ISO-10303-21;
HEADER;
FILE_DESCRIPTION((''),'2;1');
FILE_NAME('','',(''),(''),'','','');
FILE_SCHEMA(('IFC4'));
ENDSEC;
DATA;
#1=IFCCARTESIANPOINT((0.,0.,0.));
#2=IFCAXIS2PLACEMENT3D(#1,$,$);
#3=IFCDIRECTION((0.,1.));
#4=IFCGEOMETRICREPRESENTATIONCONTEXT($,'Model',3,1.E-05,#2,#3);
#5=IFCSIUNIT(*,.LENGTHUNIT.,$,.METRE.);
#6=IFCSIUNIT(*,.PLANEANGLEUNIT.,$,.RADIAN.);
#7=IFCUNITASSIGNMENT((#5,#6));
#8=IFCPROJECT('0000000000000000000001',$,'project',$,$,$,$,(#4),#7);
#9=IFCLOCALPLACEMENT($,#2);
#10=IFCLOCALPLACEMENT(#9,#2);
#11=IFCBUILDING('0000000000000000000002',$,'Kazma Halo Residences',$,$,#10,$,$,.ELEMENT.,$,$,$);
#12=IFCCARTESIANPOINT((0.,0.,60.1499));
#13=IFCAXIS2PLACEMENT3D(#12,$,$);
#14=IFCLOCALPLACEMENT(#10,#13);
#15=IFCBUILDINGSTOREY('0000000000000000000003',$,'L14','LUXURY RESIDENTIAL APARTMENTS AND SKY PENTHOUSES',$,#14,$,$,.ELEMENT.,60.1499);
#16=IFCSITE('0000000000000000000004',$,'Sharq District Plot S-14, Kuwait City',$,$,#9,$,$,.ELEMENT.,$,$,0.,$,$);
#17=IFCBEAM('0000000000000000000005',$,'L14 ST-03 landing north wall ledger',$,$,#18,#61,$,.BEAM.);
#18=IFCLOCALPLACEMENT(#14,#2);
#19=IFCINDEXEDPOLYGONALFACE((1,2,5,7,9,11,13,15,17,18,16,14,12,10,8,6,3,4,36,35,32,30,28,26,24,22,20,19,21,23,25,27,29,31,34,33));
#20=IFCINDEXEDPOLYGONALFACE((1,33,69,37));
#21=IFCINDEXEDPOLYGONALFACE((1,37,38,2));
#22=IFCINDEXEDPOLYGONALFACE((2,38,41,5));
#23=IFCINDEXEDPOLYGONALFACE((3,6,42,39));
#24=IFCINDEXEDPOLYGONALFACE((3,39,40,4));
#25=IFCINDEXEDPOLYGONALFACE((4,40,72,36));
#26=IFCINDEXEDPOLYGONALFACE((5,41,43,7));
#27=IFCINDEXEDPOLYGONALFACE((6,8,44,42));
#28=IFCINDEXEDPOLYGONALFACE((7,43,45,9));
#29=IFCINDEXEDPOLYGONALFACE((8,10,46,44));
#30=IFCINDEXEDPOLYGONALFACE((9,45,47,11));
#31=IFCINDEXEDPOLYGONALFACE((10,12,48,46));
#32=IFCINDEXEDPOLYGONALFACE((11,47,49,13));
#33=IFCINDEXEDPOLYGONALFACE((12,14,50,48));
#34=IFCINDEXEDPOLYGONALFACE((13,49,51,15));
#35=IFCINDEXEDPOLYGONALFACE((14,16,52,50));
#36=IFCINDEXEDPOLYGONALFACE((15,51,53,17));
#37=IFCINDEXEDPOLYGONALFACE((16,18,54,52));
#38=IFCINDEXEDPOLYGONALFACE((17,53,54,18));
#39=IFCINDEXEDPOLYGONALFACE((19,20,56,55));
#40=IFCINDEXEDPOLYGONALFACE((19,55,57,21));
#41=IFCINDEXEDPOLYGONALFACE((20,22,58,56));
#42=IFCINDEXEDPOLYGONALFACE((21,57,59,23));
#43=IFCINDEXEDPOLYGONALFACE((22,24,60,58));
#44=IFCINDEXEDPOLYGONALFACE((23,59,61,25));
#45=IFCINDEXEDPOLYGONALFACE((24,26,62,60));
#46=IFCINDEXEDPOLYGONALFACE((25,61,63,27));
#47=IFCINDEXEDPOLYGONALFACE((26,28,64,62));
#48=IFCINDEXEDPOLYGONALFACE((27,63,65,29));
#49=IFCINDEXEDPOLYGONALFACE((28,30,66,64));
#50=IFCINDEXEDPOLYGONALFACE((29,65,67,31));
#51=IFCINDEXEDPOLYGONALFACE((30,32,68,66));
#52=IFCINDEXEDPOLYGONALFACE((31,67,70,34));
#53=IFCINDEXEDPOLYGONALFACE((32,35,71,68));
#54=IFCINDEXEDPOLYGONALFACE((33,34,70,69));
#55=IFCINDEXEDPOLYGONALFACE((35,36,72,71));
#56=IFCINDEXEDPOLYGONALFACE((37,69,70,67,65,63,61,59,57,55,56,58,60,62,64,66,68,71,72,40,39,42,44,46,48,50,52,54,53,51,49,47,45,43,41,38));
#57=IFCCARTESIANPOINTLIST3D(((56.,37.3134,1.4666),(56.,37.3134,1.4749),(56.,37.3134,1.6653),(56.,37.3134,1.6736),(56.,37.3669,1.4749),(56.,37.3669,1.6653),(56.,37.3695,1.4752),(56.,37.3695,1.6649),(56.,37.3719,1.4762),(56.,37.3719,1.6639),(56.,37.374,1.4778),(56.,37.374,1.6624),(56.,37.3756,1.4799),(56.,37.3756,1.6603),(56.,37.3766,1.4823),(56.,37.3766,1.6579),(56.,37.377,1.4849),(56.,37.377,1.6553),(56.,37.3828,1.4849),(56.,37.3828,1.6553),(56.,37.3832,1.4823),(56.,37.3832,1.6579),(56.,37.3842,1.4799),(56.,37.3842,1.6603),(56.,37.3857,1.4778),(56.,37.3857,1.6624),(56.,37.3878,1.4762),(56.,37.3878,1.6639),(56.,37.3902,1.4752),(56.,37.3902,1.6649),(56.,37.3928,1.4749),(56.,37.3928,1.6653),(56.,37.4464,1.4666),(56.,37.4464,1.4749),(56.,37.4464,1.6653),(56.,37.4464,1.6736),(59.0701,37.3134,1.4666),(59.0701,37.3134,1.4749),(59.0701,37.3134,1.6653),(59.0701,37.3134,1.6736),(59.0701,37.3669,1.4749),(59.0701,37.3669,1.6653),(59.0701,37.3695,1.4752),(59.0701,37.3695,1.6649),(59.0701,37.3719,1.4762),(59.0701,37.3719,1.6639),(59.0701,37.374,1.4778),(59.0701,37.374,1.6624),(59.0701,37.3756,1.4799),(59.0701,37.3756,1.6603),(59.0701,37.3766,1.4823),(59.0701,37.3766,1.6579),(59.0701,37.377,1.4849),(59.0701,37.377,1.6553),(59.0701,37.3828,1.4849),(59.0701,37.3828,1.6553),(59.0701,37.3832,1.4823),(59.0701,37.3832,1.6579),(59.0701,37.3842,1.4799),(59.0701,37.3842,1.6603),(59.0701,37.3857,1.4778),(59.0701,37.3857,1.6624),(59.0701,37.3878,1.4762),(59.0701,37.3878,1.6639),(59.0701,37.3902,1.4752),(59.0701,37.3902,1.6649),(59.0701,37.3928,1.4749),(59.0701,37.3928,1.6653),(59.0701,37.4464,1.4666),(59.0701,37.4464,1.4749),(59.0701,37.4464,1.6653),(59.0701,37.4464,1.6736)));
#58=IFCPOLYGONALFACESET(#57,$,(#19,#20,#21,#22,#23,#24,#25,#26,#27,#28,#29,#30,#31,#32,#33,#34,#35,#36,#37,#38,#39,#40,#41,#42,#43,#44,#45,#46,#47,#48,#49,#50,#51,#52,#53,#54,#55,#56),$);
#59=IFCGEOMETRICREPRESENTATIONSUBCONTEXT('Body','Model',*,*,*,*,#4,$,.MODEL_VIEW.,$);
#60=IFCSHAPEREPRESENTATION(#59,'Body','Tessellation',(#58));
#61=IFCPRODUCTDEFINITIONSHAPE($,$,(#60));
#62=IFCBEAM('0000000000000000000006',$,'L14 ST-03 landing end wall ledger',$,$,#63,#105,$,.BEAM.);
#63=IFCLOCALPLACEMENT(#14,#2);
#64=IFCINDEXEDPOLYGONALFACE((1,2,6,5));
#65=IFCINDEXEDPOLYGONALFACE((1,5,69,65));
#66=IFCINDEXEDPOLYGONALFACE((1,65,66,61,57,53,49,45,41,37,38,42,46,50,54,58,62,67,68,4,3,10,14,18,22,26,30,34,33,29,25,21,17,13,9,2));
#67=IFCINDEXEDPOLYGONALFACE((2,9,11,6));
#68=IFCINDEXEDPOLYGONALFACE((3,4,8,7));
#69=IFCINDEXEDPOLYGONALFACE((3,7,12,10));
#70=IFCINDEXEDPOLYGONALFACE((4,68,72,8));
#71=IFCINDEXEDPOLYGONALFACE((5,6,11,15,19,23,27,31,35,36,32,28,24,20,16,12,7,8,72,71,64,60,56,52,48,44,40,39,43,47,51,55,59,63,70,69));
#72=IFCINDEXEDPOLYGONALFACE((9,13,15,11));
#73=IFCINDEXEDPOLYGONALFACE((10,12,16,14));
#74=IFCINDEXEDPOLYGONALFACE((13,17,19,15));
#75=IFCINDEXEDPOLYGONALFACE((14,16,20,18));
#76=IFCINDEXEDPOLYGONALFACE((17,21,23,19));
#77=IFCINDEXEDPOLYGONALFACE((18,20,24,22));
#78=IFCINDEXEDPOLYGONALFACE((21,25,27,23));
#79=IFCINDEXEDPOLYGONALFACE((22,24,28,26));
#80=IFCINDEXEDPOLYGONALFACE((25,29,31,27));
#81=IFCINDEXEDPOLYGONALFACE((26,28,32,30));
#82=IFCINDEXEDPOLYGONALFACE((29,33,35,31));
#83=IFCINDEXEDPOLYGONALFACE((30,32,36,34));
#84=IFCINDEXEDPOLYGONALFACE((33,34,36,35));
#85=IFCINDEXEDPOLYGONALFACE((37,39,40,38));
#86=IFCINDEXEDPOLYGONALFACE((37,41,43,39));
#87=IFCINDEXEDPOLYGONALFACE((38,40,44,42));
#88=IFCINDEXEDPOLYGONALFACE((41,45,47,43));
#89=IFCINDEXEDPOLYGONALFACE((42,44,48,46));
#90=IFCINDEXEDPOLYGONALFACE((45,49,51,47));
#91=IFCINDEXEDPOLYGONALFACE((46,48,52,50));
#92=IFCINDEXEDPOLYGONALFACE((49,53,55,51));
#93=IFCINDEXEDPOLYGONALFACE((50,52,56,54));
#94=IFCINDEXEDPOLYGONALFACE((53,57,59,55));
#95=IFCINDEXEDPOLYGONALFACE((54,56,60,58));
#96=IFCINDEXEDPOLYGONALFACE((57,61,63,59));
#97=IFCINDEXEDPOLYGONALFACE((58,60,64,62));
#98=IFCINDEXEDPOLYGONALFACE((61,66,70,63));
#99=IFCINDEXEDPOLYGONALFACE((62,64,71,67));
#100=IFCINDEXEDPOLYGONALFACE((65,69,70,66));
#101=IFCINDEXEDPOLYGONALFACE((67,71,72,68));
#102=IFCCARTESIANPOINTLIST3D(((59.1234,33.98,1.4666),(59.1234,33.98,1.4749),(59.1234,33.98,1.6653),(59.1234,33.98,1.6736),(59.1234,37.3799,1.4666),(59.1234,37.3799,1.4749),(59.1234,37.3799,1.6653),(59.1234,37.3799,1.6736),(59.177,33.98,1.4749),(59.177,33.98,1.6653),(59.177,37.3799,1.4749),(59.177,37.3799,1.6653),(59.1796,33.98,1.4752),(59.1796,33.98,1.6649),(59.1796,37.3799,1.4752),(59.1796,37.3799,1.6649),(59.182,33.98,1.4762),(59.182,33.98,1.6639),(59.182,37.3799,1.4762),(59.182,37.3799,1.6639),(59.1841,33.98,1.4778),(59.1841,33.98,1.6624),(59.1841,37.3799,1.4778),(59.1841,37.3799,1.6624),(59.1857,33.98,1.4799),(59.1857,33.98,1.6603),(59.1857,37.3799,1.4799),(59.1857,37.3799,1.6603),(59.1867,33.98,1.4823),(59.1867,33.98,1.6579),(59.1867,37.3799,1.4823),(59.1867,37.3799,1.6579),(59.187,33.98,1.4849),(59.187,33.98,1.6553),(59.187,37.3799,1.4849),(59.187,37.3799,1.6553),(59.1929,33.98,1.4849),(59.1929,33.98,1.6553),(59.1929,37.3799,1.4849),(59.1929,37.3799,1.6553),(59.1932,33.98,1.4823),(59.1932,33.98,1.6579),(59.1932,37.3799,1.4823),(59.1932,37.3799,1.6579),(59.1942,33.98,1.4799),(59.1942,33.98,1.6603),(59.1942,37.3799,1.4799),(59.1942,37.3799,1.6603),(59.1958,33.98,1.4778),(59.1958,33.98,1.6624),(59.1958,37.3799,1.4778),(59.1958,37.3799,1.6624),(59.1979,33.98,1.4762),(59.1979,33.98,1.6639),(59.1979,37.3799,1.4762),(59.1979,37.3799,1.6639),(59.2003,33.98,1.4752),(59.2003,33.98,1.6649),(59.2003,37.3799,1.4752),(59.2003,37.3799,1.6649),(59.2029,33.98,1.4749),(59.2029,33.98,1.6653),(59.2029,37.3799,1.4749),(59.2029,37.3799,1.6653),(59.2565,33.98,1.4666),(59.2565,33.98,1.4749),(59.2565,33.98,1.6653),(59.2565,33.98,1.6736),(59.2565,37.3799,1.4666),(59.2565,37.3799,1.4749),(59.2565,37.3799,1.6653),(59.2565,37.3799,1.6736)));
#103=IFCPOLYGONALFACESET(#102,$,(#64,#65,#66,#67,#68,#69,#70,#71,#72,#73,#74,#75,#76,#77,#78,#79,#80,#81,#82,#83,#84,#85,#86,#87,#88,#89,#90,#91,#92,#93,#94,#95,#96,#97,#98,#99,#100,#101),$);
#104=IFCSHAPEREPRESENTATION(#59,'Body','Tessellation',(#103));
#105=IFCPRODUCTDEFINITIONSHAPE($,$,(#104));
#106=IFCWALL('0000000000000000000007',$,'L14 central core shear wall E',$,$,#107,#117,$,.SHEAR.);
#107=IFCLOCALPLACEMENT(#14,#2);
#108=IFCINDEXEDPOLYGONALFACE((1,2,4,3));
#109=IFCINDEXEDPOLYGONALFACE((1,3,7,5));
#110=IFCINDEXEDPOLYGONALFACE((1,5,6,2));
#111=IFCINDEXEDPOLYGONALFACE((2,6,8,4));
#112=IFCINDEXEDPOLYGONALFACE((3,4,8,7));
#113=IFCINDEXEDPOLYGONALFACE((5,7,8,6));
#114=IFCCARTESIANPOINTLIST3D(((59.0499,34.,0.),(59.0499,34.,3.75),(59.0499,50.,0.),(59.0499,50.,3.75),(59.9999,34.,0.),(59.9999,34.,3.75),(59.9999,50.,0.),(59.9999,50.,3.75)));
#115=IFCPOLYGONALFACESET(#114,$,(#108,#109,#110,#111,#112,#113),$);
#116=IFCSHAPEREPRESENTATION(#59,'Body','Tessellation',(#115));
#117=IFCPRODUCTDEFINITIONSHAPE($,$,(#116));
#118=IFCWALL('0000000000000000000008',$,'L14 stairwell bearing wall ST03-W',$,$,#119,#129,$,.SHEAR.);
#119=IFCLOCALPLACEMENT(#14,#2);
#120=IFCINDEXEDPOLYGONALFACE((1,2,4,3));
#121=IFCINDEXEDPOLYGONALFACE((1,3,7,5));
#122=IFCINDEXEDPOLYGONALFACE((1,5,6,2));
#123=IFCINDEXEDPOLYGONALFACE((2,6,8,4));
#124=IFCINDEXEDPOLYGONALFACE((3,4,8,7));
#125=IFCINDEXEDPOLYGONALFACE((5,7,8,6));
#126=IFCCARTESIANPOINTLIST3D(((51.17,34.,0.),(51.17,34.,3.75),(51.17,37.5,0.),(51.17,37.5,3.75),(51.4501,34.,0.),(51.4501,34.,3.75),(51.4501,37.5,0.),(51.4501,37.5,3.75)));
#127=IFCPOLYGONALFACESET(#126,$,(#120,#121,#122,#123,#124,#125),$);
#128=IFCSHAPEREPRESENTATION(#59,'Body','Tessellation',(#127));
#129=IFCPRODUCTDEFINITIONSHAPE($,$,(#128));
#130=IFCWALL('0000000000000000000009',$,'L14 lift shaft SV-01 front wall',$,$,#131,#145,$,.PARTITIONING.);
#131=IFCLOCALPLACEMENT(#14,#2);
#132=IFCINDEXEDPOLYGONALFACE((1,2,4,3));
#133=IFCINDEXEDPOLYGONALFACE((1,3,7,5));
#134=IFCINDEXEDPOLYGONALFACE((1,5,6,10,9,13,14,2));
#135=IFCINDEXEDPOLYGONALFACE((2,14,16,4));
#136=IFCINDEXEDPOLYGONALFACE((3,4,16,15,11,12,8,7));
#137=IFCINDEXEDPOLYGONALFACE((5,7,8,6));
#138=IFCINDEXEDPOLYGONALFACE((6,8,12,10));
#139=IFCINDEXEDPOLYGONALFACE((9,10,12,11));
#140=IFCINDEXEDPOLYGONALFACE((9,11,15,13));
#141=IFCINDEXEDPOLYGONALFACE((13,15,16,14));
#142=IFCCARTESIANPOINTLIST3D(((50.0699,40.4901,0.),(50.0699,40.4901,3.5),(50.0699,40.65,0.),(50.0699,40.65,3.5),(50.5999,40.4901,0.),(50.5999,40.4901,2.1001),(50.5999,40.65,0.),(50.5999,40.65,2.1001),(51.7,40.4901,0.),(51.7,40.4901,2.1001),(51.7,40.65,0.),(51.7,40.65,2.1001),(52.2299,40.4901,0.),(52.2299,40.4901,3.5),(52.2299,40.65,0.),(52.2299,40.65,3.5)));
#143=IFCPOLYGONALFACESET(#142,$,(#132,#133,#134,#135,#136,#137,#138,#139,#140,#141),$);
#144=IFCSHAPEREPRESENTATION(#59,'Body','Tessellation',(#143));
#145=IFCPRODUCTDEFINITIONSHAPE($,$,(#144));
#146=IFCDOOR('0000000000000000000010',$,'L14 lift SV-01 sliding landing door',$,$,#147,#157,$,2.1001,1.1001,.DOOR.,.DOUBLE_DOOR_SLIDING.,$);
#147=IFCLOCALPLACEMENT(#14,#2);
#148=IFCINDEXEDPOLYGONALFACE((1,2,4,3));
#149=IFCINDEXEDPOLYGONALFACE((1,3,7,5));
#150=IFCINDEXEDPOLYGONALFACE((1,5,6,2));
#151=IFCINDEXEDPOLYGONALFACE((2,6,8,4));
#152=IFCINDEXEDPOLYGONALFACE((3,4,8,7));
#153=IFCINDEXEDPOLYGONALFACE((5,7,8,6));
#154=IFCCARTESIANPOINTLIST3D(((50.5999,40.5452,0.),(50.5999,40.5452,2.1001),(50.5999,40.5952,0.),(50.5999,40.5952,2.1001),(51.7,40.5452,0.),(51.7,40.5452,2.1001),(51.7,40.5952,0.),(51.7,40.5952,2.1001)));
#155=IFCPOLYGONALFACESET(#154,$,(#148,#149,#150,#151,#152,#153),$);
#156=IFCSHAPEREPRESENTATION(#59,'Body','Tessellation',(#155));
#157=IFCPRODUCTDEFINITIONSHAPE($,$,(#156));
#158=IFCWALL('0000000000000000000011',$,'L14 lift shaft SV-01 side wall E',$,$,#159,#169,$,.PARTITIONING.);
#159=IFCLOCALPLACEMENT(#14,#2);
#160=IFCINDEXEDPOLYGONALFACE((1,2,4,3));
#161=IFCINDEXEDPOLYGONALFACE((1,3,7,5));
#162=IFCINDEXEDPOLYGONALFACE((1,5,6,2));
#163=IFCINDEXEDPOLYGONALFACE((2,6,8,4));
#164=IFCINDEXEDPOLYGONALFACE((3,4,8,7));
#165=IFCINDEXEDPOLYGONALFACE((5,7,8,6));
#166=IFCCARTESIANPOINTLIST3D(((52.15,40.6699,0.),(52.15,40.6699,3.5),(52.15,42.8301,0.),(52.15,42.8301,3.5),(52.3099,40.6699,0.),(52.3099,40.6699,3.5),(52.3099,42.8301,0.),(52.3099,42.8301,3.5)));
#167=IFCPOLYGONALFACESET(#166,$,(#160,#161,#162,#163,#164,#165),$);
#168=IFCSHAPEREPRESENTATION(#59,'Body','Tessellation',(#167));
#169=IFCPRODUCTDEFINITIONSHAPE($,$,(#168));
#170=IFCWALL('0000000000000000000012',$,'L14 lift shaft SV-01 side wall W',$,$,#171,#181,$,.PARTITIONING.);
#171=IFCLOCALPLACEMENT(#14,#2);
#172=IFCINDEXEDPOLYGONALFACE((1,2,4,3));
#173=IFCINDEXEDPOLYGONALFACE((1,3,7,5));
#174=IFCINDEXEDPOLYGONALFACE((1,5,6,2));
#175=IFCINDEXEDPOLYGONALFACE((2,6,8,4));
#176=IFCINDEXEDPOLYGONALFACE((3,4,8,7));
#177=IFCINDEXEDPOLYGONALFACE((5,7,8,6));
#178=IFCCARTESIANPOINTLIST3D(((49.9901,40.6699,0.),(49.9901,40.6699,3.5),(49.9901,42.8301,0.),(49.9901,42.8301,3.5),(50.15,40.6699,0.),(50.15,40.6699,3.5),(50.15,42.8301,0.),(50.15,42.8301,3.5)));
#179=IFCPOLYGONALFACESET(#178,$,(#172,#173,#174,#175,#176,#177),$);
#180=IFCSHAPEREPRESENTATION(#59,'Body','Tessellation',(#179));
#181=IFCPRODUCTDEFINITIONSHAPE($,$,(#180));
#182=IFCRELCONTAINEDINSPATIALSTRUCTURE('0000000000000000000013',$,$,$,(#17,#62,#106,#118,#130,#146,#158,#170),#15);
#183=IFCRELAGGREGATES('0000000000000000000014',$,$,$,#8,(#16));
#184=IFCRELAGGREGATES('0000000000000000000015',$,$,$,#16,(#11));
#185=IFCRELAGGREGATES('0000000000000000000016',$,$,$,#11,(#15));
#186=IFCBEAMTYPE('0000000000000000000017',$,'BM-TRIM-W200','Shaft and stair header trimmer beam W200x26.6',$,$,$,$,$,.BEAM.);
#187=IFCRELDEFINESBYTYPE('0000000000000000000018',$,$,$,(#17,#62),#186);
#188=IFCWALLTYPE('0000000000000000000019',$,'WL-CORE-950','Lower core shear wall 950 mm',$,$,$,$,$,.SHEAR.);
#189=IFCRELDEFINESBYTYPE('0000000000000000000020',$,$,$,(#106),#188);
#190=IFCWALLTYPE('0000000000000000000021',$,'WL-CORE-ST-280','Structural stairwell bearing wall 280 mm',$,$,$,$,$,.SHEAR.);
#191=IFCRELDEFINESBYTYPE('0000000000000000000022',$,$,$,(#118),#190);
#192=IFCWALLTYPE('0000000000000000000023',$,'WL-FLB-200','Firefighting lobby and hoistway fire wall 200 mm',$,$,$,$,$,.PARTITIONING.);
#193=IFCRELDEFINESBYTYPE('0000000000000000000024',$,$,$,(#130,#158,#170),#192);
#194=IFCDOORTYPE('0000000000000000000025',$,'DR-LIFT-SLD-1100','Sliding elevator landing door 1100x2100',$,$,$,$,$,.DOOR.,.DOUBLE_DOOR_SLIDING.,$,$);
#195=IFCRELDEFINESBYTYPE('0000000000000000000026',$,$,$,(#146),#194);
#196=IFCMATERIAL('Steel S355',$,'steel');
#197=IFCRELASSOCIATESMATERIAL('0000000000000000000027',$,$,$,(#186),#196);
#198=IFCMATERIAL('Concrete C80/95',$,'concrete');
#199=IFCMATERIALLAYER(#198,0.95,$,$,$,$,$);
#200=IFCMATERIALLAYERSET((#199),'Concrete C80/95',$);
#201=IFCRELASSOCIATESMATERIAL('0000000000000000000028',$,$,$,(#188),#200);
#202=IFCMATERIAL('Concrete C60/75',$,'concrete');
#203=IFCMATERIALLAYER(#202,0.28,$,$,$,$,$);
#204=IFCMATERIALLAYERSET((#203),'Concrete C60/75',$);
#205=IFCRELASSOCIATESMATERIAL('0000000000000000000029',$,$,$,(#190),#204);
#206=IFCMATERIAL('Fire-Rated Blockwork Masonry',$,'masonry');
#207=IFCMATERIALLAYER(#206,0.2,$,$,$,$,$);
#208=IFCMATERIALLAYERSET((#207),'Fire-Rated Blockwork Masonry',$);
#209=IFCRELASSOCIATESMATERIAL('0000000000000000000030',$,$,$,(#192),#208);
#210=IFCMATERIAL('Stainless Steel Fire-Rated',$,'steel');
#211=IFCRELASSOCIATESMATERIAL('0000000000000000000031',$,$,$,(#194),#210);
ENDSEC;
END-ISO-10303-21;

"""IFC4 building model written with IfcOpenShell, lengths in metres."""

from ifc_helpers import new_model, si_unit, direction, frame, frame_2d, origin, origin_2d, place, context, subcontext, project, spatial, rectangle, i_section, extrude, material, layer, layer_set, material_profile, profile_set, type_object, element, fill, save


model = new_model("IFC4")

# Units and contexts
model_context = context("Model", 3, precision=1e-05, world=origin(), true_north=direction((0.0, 1.0)))
body_context = subcontext(model_context, "Body", "Model", "MODEL_VIEW")
ifc_project = project(units=[si_unit("LENGTHUNIT", "METRE"), si_unit("PLANEANGLEUNIT", "RADIAN")], contexts=[model_context])

# Site, building, storey
site_placement = place(None, origin())
site = spatial("IfcSite", under=ifc_project, at=site_placement, Name="Sharq District Plot S-14, Kuwait City", CompositionType="ELEMENT", RefElevation=0.0)
building_placement = place(site_placement, origin())
building = spatial("IfcBuilding", under=site, at=building_placement, Name="Kazma Halo Residences", CompositionType="ELEMENT")
storey_placement = place(building_placement, frame((0.0, 0.0, 60.1499)))
storey = spatial("IfcBuildingStorey", under=building, at=storey_placement, Name="L14", Description="LUXURY RESIDENTIAL APARTMENTS AND SKY PENTHOUSES", CompositionType="ELEMENT", Elevation=60.1499)

# Shared definitions
ifc_material_1 = material(Name="Steel S355", Category="steel")

# Beams
ifc_material_profile_1 = material_profile(ifc_material_1, i_section(OverallWidth=0.1331, OverallDepth=0.207, WebThickness=0.0059, FlangeThickness=0.0083, FilletRadius=0.01, at=origin_2d()), Name="W200x26.6")
ifc_profile_set_1 = profile_set([ifc_material_profile_1], Name="Steel S355")
beam_type_1 = type_object("IfcBeamType", Name="BM-TRIM-W200", Description="Shaft and stair header trimmer beam W200x26.6", PredefinedType="BEAM", material=ifc_profile_set_1)
beam_1_placement = place(storey_placement, frame((56.0, 37.3799, 1.5701), z_axis=(1.0, 0.0, 0.0), x_axis=(0.0, 1.0, 0.0)))
element("IfcBeam", 1, at=beam_1_placement, inside=storey, type_object=beam_type_1, Name="L14 ST-03 landing north wall ledger", PredefinedType="BEAM", context=body_context, shape_type="SweptSolid", body=[
    extrude(i_section(OverallWidth=0.1331, OverallDepth=0.207, WebThickness=0.0059, FlangeThickness=0.0083, FilletRadius=0.01, at=origin_2d()), origin(), (0.0, 0.0, 1.0), 3.0701),
])
beam_2_placement = place(storey_placement, frame((59.1899, 33.98, 1.5701), z_axis=(0.0, 1.0, 0.0), x_axis=(-1.0, 0.0, 0.0)))
element("IfcBeam", 2, at=beam_2_placement, inside=storey, type_object=beam_type_1, Name="L14 ST-03 landing end wall ledger", PredefinedType="BEAM", context=body_context, shape_type="SweptSolid", body=[
    extrude(i_section(OverallWidth=0.1331, OverallDepth=0.207, WebThickness=0.0059, FlangeThickness=0.0083, FilletRadius=0.01, at=origin_2d()), origin(), (0.0, 0.0, 1.0), 3.3999),
])

# Walls
ifc_material_2 = material(Name="Concrete C80/95", Category="concrete")
ifc_layer_1 = layer(ifc_material_2, 0.95)
ifc_layer_set_1 = layer_set([ifc_layer_1], Name="Concrete C80/95")
wall_type_1 = type_object("IfcWallType", Name="WL-CORE-950", Description="Lower core shear wall 950 mm", PredefinedType="SHEAR", material=ifc_layer_set_1)
wall_1_placement = place(storey_placement, frame((59.5249, 34.0, 0.0), z_axis=(0.0, 0.0, 1.0), x_axis=(0.0, 1.0, 0.0)))
element("IfcWall", 3, at=wall_1_placement, inside=storey, type_object=wall_type_1, Name="L14 central core shear wall E", PredefinedType="SHEAR", context=body_context, shape_type="SweptSolid", body=[
    extrude(rectangle(XDim=16.0, YDim=0.95, at=frame_2d((8.0, 0.0))), origin(), (0.0, 0.0, 1.0), 3.75),
])
ifc_material_3 = material(Name="Concrete C60/75", Category="concrete")
ifc_layer_2 = layer(ifc_material_3, 0.28)
ifc_layer_set_2 = layer_set([ifc_layer_2], Name="Concrete C60/75")
wall_type_2 = type_object("IfcWallType", Name="WL-CORE-ST-280", Description="Structural stairwell bearing wall 280 mm", PredefinedType="SHEAR", material=ifc_layer_set_2)
wall_2_placement = place(storey_placement, frame((51.3101, 34.0, 0.0), z_axis=(0.0, 0.0, 1.0), x_axis=(0.0, 1.0, 0.0)))
element("IfcWall", 4, at=wall_2_placement, inside=storey, type_object=wall_type_2, Name="L14 stairwell bearing wall ST03-W", PredefinedType="SHEAR", context=body_context, shape_type="SweptSolid", body=[
    extrude(rectangle(XDim=3.5, YDim=0.28, at=frame_2d((1.75, 0.0))), origin(), (0.0, 0.0, 1.0), 3.75),
])

# Wall, opening, door
ifc_material_4 = material(Name="Fire-Rated Blockwork Masonry", Category="masonry")
ifc_layer_3 = layer(ifc_material_4, 0.2)
ifc_layer_set_3 = layer_set([ifc_layer_3], Name="Fire-Rated Blockwork Masonry")
wall_type_3 = type_object("IfcWallType", Name="WL-FLB-200", Description="Firefighting lobby and hoistway fire wall 200 mm", PredefinedType="PARTITIONING", material=ifc_layer_set_3)
wall_3_placement = place(storey_placement, frame((52.23, 40.5701, 0.0), z_axis=(0.0, 0.0, 1.0), x_axis=(-1.0, 0.0, 0.0)))
wall_3 = element("IfcWall", 5, at=wall_3_placement, inside=storey, type_object=wall_type_3, Name="L14 lift shaft SV-01 front wall", PredefinedType="PARTITIONING", context=body_context, shape_type="SweptSolid", body=[
    extrude(rectangle(XDim=2.1599, YDim=0.1599, at=frame_2d((1.0801, 0.0))), origin(), (0.0, 0.0, 1.0), 3.5),
])
opening_1_placement = place(wall_3_placement, frame((0.53, 0.0, 0.0)))
opening_1 = element("IfcOpeningElement", 6, at=opening_1_placement, cuts=wall_3, PredefinedType="OPENING", context=body_context, shape_type="SweptSolid", body=[
    extrude(rectangle(XDim=1.1001, YDim=2.1001, at=frame_2d((0.55, 1.05))), frame((0.0, 0.0898, 0.0), z_axis=(0.0, -1.0, 0.0), x_axis=(1.0, 0.0, 0.0)), (0.0, 0.0, 1.0), 0.1799),
])
ifc_material_5 = material(Name="Stainless Steel Fire-Rated", Category="steel")
door_type_1 = type_object("IfcDoorType", Name="DR-LIFT-SLD-1100", Description="Sliding elevator landing door 1100x2100", OperationType="DOUBLE_DOOR_SLIDING", PredefinedType="DOOR", material=ifc_material_5)
door_1_placement = place(opening_1_placement, origin())
door_1 = element("IfcDoor", 7, at=door_1_placement, inside=storey, type_object=door_type_1, Name="L14 lift SV-01 sliding landing door", OperationType="DOUBLE_DOOR_SLIDING", OverallHeight=2.1001, OverallWidth=1.1001, PredefinedType="DOOR", context=body_context, shape_type="SweptSolid", body=[
    extrude(rectangle(XDim=1.1001, YDim=2.1001, at=frame_2d((0.55, 1.05))), frame((0.0, 0.0249, 0.0), z_axis=(0.0, -1.0, 0.0), x_axis=(1.0, 0.0, 0.0)), (0.0, 0.0, 1.0), 0.05),
])
fill(opening_1, door_1)

# Walls
for number, where, z_axis, x_axis, name in (
    (8, (52.23, 40.6699, 0.0), (0.0, 0.0, 1.0), (0.0, 1.0, 0.0), "L14 lift shaft SV-01 side wall E"),
    (9, (50.0701, 40.6699, 0.0), (0.0, 0.0, 1.0), (0.0, 1.0, 0.0), "L14 lift shaft SV-01 side wall W"),
):
    element("IfcWall", number, at=place(storey_placement, frame(where, z_axis=z_axis, x_axis=x_axis)), inside=storey, type_object=wall_type_3, Name=name, PredefinedType="PARTITIONING", context=body_context, shape_type="SweptSolid", body=[
        extrude(rectangle(XDim=2.1602, YDim=0.1599, at=frame_2d((1.0801, 0.0))), origin(), (0.0, 0.0, 1.0), 3.5),
    ])

save(model, "model.ifc")
